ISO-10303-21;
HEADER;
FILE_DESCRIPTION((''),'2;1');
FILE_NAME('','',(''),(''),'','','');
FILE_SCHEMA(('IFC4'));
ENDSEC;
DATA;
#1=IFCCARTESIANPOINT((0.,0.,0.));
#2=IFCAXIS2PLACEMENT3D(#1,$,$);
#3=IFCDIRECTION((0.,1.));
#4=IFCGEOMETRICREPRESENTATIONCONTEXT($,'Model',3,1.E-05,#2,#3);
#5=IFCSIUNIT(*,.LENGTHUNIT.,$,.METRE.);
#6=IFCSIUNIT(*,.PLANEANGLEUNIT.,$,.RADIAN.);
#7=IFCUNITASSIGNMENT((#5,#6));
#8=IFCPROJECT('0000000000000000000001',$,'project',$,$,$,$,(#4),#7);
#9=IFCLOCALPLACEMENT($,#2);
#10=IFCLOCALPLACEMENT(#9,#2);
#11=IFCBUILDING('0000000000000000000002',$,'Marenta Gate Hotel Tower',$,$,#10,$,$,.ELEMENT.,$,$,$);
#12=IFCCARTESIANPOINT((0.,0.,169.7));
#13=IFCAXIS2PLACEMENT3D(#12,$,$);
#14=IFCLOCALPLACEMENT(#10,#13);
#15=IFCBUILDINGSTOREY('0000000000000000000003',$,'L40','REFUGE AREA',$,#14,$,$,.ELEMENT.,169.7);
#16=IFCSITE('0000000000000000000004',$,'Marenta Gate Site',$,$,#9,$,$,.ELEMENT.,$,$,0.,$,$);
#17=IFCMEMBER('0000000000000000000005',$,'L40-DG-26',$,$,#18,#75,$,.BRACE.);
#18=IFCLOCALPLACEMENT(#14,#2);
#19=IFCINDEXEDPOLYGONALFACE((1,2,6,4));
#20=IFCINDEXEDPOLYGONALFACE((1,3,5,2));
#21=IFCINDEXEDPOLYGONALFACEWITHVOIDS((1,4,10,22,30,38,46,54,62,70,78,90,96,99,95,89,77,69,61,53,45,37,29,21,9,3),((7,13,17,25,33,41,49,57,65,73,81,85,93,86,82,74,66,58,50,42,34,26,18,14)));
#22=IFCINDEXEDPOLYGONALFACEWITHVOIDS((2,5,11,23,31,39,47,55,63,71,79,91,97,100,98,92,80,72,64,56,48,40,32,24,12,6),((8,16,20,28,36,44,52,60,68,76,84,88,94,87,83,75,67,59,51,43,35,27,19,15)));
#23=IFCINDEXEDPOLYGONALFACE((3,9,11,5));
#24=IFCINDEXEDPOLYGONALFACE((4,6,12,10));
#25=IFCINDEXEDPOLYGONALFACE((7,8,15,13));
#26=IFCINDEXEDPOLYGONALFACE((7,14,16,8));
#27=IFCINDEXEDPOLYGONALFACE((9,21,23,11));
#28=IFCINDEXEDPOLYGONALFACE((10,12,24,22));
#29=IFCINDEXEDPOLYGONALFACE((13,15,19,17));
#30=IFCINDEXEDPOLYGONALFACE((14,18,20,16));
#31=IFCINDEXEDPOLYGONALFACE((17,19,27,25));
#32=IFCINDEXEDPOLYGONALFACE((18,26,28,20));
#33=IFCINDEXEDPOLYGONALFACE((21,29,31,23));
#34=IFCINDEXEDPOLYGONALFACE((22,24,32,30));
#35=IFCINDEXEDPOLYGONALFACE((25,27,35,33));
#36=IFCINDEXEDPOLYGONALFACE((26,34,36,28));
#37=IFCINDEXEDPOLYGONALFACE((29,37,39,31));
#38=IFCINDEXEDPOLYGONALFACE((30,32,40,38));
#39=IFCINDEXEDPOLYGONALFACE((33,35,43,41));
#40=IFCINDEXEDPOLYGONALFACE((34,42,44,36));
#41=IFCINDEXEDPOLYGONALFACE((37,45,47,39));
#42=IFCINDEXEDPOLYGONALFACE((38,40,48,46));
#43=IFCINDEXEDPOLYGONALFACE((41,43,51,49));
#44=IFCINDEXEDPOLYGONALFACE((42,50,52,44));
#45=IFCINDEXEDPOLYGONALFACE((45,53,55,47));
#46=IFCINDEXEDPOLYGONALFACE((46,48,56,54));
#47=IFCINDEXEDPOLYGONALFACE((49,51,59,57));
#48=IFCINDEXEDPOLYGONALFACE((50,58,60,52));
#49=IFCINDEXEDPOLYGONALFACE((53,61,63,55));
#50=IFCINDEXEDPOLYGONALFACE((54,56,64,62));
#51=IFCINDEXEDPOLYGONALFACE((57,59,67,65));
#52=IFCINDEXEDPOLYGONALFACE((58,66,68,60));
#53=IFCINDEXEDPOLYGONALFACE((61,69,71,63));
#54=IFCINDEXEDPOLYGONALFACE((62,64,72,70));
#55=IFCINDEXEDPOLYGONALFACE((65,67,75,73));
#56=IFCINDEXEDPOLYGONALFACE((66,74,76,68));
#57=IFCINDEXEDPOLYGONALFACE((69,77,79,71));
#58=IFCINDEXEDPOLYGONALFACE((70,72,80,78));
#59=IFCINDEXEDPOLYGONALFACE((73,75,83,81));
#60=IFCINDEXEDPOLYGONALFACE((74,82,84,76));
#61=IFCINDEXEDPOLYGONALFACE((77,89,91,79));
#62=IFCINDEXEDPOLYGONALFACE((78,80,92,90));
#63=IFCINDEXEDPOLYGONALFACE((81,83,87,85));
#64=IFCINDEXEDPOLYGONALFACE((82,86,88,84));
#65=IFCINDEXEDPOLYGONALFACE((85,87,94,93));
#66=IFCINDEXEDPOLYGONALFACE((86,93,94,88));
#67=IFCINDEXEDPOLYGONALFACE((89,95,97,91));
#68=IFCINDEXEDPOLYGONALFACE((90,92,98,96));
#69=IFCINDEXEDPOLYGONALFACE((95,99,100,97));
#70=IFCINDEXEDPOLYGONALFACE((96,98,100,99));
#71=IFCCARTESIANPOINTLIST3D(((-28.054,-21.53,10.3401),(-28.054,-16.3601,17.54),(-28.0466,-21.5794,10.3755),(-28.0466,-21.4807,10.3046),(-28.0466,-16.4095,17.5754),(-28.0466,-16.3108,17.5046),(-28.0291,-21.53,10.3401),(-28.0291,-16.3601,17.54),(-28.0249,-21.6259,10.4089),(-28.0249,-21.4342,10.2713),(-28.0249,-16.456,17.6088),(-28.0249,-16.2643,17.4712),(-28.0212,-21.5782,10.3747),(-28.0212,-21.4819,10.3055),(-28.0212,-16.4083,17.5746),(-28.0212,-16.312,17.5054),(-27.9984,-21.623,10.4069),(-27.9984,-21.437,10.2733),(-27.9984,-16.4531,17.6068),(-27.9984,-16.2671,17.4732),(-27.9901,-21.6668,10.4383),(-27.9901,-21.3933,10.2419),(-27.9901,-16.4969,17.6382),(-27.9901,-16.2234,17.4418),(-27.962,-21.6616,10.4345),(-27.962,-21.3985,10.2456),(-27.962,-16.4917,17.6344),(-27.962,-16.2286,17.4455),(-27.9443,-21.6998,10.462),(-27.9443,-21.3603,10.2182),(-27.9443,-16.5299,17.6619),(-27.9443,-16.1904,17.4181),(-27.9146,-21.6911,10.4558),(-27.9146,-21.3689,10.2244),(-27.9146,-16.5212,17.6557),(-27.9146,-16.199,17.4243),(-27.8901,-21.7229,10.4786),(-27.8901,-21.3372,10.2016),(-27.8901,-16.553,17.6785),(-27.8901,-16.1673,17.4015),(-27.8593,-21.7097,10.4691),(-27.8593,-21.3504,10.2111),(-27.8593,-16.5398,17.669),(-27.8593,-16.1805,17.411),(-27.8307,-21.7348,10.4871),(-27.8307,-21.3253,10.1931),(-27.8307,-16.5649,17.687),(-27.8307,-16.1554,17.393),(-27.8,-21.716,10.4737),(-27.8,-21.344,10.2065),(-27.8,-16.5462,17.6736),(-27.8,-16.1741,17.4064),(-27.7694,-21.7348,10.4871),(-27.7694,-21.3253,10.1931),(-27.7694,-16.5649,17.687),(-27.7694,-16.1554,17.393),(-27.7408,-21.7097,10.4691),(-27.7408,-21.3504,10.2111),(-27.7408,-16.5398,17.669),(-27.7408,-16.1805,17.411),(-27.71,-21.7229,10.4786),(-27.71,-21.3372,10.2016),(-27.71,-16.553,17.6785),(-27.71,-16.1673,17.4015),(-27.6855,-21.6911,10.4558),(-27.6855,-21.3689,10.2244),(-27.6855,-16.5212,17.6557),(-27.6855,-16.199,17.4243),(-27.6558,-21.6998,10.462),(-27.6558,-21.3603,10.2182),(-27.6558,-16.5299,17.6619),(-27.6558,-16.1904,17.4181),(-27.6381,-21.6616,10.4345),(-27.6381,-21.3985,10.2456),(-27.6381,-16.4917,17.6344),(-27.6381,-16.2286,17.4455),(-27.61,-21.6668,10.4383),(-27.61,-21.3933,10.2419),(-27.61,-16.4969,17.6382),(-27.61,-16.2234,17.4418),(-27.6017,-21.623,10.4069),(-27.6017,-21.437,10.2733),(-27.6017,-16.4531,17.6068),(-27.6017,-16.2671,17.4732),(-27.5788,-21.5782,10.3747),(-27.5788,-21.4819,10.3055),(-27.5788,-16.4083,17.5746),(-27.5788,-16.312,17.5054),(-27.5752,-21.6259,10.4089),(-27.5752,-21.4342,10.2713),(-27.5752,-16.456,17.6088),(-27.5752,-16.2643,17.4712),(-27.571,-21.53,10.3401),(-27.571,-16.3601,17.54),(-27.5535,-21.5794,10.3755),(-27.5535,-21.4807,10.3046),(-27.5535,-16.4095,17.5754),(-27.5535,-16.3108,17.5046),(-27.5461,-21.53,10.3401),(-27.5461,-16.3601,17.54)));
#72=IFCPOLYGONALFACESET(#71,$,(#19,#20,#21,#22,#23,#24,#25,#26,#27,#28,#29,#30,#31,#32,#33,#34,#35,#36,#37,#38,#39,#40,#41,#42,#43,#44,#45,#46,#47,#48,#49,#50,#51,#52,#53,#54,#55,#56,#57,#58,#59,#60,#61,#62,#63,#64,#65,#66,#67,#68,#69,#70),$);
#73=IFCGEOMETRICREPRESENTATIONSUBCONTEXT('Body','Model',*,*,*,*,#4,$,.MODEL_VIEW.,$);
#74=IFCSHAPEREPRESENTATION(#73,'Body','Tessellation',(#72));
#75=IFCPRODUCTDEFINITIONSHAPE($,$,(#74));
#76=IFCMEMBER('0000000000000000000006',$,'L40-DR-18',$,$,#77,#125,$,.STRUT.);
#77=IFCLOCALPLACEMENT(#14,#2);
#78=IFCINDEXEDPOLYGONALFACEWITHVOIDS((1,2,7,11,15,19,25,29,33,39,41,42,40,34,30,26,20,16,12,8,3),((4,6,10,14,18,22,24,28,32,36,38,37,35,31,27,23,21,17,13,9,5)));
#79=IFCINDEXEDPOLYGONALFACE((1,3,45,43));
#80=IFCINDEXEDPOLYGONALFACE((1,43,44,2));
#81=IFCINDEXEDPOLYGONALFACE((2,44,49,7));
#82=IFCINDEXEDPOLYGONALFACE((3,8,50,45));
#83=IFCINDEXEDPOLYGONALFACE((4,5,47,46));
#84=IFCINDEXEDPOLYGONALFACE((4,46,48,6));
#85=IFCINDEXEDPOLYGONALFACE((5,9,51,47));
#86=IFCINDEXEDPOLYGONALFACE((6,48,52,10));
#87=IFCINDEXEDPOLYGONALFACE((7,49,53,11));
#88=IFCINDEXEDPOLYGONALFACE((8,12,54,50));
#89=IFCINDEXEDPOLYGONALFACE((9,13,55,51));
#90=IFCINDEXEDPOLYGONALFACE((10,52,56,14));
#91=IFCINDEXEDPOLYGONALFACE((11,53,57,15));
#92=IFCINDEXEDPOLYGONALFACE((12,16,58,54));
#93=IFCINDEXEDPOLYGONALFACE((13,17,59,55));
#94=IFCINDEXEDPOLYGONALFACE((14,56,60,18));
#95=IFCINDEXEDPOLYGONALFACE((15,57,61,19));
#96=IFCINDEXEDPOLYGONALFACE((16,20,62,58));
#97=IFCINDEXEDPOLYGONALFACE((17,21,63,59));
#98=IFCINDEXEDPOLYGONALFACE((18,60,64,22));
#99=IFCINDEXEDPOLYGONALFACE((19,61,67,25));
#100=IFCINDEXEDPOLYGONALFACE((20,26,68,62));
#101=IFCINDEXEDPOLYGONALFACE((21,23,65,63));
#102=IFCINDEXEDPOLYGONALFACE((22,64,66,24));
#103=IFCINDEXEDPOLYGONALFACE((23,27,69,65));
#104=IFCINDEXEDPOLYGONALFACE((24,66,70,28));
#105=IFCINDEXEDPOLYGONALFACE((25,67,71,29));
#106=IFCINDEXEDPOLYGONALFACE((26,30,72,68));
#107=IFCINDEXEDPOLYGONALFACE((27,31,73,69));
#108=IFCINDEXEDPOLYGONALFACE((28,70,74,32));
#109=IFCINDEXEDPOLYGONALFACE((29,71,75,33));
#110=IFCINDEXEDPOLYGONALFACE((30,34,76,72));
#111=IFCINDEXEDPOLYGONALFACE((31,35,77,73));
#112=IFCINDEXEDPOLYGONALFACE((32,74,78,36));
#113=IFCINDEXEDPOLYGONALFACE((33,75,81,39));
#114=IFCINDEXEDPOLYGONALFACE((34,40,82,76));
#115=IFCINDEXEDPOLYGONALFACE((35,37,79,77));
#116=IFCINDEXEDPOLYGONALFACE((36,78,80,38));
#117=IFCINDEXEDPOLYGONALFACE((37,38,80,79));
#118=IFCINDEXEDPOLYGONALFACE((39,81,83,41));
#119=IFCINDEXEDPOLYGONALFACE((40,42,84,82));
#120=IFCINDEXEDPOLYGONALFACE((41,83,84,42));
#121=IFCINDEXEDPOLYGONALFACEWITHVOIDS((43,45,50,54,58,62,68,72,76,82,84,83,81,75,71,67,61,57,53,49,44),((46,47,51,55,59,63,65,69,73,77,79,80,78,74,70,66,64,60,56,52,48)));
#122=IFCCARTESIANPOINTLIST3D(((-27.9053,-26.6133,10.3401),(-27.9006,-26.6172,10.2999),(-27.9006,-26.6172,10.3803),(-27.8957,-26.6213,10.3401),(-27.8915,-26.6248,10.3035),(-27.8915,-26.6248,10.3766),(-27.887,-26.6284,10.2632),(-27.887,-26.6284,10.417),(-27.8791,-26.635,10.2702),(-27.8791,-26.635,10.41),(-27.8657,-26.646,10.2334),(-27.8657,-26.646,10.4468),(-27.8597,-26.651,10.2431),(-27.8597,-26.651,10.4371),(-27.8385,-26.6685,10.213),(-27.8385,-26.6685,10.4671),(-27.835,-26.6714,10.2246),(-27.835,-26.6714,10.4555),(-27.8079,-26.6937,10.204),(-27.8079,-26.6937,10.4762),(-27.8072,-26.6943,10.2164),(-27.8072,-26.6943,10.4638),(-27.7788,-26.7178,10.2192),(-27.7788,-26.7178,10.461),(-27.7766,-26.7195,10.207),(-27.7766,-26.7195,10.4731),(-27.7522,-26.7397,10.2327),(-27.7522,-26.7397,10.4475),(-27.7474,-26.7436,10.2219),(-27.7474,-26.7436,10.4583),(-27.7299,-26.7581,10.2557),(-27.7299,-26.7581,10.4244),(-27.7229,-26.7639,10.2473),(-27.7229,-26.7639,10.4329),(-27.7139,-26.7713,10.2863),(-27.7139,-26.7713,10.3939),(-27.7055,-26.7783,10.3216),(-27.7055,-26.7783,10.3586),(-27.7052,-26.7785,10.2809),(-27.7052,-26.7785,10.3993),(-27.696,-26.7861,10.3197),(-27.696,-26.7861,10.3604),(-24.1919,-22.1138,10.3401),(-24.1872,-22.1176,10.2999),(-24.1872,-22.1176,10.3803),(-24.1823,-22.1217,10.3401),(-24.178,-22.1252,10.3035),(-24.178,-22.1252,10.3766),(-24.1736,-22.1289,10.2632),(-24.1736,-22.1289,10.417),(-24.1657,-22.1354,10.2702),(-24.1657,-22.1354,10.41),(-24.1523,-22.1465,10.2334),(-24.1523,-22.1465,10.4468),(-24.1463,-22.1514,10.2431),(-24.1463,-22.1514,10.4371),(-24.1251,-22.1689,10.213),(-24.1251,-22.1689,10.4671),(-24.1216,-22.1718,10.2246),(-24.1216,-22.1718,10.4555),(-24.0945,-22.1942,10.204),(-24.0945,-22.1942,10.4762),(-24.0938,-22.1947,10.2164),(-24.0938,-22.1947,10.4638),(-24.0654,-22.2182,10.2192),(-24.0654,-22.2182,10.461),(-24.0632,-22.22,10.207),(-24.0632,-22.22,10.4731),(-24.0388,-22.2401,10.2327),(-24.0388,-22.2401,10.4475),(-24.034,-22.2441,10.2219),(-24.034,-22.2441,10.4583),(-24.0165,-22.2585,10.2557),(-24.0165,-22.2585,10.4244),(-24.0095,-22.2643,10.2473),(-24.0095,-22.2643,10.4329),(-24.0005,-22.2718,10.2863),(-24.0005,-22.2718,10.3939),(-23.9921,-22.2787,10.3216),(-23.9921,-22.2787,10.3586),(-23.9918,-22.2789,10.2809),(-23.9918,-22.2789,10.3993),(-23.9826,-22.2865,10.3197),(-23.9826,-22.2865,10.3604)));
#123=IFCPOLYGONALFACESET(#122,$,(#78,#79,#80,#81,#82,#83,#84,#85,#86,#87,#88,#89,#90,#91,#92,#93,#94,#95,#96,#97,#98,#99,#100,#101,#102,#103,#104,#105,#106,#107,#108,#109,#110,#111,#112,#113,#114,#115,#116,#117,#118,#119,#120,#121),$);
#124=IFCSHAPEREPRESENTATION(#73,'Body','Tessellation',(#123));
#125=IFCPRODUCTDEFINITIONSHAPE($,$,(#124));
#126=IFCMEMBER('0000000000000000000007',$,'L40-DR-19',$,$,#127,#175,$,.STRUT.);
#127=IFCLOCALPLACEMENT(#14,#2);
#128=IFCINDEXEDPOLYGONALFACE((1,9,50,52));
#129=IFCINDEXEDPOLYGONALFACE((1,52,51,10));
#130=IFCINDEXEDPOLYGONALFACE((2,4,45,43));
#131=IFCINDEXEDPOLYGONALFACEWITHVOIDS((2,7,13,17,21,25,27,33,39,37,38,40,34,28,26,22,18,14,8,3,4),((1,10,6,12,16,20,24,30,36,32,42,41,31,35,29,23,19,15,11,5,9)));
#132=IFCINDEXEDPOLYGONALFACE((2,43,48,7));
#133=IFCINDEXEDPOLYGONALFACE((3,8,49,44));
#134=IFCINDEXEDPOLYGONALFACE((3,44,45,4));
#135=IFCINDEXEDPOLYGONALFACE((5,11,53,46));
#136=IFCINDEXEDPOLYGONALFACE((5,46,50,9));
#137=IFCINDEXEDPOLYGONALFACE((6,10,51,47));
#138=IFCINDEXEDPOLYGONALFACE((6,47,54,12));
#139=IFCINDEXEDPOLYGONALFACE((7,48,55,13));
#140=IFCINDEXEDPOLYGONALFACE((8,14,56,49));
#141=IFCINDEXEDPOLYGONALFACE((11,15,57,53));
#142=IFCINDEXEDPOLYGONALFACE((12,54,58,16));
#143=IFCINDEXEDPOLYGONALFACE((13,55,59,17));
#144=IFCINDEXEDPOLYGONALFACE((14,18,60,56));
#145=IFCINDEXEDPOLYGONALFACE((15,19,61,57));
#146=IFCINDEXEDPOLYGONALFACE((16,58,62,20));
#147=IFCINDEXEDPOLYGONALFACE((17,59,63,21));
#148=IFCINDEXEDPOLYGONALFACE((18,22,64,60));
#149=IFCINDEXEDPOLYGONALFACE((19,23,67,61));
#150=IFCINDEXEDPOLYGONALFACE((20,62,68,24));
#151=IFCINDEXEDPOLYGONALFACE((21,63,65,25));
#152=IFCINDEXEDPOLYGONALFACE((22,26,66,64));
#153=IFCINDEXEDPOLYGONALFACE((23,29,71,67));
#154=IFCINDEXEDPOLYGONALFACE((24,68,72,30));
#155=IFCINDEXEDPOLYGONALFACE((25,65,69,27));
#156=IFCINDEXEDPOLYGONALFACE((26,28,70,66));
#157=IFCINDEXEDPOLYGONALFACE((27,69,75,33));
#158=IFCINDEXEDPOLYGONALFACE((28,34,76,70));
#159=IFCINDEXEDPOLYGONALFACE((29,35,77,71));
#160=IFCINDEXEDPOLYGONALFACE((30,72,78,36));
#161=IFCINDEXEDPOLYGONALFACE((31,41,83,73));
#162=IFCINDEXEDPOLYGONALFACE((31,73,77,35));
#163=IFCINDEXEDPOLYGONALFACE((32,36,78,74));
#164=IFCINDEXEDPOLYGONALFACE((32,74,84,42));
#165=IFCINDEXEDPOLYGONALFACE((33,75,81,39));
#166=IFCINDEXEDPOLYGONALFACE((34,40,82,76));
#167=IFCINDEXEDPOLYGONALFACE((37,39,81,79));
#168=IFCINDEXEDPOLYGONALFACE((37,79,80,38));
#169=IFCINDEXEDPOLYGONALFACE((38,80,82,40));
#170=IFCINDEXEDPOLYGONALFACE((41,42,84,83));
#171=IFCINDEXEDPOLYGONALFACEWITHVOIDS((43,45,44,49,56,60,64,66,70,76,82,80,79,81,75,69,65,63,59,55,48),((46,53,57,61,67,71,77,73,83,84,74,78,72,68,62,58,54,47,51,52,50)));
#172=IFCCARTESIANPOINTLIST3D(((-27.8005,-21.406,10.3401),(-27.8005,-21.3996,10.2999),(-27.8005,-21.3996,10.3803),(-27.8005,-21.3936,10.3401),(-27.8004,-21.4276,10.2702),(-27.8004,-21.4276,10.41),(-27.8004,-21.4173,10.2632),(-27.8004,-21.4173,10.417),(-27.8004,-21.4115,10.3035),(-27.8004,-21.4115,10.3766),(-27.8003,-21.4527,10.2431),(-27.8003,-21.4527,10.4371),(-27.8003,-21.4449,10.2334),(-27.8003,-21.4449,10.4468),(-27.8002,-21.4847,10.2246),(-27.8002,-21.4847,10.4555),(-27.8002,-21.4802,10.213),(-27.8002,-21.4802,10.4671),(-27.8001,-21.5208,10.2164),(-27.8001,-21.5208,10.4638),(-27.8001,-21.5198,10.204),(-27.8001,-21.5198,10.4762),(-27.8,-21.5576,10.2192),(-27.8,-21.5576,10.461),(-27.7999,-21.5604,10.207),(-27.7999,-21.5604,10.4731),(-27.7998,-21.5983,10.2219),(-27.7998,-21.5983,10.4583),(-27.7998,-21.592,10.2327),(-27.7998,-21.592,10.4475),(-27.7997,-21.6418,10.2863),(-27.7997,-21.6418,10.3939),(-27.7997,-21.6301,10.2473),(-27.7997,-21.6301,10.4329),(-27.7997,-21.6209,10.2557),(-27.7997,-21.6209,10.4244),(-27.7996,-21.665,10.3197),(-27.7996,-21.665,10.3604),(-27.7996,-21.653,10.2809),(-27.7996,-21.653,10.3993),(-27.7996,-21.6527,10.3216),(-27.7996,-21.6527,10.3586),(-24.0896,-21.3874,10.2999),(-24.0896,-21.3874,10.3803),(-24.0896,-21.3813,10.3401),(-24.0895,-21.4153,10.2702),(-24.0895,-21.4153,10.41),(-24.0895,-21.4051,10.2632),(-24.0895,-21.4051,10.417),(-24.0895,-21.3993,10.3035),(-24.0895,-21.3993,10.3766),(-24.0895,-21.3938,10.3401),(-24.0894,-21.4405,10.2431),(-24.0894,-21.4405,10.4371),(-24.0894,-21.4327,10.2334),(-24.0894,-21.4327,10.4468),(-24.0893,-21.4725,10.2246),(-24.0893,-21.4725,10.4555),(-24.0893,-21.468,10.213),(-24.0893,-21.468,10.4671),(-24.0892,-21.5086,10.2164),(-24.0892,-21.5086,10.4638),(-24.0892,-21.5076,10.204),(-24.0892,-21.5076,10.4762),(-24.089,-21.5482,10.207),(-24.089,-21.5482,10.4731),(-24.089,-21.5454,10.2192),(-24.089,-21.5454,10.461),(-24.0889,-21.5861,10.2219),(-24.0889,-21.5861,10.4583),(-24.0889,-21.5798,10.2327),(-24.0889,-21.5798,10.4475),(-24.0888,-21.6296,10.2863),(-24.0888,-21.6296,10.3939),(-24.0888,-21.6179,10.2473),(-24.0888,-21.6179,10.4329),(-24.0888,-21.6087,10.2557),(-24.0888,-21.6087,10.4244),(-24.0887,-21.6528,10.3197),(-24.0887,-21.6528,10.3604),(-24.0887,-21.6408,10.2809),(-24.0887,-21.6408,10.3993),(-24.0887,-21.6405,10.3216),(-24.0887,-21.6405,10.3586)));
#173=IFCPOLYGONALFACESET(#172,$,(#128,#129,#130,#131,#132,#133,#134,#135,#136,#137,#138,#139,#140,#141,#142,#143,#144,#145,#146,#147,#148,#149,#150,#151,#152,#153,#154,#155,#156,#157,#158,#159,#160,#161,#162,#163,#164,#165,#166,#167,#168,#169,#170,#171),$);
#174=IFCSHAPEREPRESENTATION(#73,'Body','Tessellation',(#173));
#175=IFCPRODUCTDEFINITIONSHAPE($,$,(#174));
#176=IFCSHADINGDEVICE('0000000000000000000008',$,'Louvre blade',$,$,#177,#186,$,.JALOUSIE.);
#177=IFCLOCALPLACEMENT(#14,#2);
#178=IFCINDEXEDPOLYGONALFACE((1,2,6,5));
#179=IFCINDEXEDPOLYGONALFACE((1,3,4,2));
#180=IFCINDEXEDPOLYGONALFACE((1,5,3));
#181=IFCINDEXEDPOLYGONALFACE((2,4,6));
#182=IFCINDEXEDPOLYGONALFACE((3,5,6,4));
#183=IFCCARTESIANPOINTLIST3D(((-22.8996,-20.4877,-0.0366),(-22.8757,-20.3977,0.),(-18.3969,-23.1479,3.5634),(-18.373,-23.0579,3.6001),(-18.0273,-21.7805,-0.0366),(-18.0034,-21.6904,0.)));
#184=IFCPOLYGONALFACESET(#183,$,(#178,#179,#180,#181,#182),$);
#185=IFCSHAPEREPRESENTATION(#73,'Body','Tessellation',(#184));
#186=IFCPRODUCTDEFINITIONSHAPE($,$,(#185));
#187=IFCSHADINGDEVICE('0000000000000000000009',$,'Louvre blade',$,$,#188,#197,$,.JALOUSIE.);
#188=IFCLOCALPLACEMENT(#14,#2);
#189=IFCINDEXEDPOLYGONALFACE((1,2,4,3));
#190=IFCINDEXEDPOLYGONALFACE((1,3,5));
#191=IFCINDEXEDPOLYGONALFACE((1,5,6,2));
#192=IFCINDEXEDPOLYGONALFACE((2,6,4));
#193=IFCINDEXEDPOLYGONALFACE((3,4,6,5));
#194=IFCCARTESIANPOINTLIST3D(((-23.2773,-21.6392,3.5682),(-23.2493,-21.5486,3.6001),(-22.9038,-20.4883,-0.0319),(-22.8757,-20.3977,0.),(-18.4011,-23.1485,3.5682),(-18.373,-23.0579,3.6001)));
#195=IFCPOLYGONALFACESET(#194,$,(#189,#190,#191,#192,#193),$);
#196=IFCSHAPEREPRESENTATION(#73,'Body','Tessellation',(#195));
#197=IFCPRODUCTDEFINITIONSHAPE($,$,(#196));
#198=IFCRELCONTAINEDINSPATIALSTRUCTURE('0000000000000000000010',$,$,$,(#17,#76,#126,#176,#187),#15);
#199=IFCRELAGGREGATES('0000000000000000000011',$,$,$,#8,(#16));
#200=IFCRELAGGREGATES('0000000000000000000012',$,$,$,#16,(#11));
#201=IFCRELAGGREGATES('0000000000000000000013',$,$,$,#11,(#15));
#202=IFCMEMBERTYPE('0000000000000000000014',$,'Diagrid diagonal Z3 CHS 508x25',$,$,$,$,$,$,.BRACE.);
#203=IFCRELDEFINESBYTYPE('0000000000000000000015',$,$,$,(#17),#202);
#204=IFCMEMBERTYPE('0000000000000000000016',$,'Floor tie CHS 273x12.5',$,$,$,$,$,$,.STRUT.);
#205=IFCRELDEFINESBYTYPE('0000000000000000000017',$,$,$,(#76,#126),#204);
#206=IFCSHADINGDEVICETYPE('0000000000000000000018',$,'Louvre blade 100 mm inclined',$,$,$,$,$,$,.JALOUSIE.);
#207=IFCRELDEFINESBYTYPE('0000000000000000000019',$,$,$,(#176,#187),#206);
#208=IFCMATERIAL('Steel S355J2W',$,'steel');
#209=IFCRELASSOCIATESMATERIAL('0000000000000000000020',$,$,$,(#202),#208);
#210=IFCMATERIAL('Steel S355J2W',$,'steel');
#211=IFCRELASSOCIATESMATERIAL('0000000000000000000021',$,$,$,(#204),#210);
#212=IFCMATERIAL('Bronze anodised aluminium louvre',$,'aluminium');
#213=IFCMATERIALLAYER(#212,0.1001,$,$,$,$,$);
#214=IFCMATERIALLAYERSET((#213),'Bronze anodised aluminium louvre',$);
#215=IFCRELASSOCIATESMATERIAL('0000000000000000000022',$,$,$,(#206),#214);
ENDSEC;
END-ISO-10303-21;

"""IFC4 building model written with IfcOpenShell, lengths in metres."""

from ifc_helpers import new_model, si_unit, direction, frame, origin, origin_2d, place, context, subcontext, project, spatial, polyline, hollow_circle, outline, extrude, material, layer, layer_set, material_profile, profile_set, type_object, element, save


model = new_model("IFC4")

# Units and contexts
model_context = context("Model", 3, precision=1e-05, world=origin(), true_north=direction((0.0, 1.0)))
body_context = subcontext(model_context, "Body", "Model", "MODEL_VIEW")
ifc_project = project(units=[si_unit("LENGTHUNIT", "METRE"), si_unit("PLANEANGLEUNIT", "RADIAN")], contexts=[model_context])

# Site, building, storey
site_placement = place(None, origin())
site = spatial("IfcSite", under=ifc_project, at=site_placement, Name="Marenta Gate Site", CompositionType="ELEMENT", RefElevation=0.0)
building_placement = place(site_placement, origin())
building = spatial("IfcBuilding", under=site, at=building_placement, Name="Marenta Gate Hotel Tower", CompositionType="ELEMENT")
storey_placement = place(building_placement, frame((0.0, 0.0, 169.7)))
storey = spatial("IfcBuildingStorey", under=building, at=storey_placement, Name="L40", Description="REFUGE AREA", CompositionType="ELEMENT", Elevation=169.7)

# Members
ifc_material_1 = material(Name="Steel S355J2W", Category="steel")
ifc_material_profile_1 = material_profile(ifc_material_1, hollow_circle(Radius=0.2539, WallThickness=0.0249, at=origin_2d()), Name="CHS 508x25")
ifc_profile_set_1 = profile_set([ifc_material_profile_1], Name="Steel S355J2W")
member_type_1 = type_object("IfcMemberType", Name="Diagrid diagonal Z3 CHS 508x25", PredefinedType="BRACE", material=ifc_profile_set_1)
member_1_placement = place(storey_placement, frame((-27.8, -21.53, 10.3401), z_axis=(0.0, 0.583261, 0.812285), x_axis=(-1.0, 0.0, 0.0)))
element("IfcMember", 1, at=member_1_placement, inside=storey, type_object=member_type_1, Name="L40-DG-26", PredefinedType="BRACE", context=body_context, shape_type="SweptSolid", body=[
    extrude(hollow_circle(Radius=0.2539, WallThickness=0.0249, at=origin_2d()), origin(), (0.0, 0.0, 1.0), 8.8638),
])
ifc_material_2 = material(Name="Steel S355J2W", Category="steel")
ifc_material_profile_2 = material_profile(ifc_material_2, hollow_circle(Radius=0.1365, WallThickness=0.0125, at=origin_2d()), Name="CHS 273x12.5")
ifc_profile_set_2 = profile_set([ifc_material_profile_2], Name="Steel S355J2W")
member_type_2 = type_object("IfcMemberType", Name="Floor tie CHS 273x12.5", PredefinedType="STRUT", material=ifc_profile_set_2)
member_2_placement = place(storey_placement, frame((-27.8, -26.7002, 10.3401), z_axis=(0.636514, 0.771265, 0.0), x_axis=(-0.771265, 0.636514, 0.0)))
element("IfcMember", 2, at=member_2_placement, inside=storey, type_object=member_type_2, Name="L40-DR-18", PredefinedType="STRUT", context=body_context, shape_type="SweptSolid", body=[
    extrude(hollow_circle(Radius=0.1365, WallThickness=0.0125, at=origin_2d()), origin(), (0.0, 0.0, 1.0), 5.834),
])
member_3_placement = place(storey_placement, frame((-27.8, -21.53, 10.3401), z_axis=(0.999995, 0.003289, 0.0), x_axis=(-0.003289, 0.999995, 0.0)))
element("IfcMember", 3, at=member_3_placement, inside=storey, type_object=member_type_2, Name="L40-DR-19", PredefinedType="STRUT", context=body_context, shape_type="SweptSolid", body=[
    extrude(hollow_circle(Radius=0.1365, WallThickness=0.0125, at=origin_2d()), origin(), (0.0, 0.0, 1.0), 3.7109),
])

# Shading devices
ifc_material_3 = material(Name="Bronze anodised aluminium louvre", Category="aluminium")
ifc_layer = layer(ifc_material_3, 0.1001)
ifc_layer_set = layer_set([ifc_layer], Name="Bronze anodised aluminium louvre")
shading_device_type = type_object("IfcShadingDeviceType", Name="Louvre blade 100 mm inclined", PredefinedType="JALOUSIE", material=ifc_layer_set)
shading_device_1_placement = place(storey_placement, frame((-22.8757, -20.3977, 0.0), z_axis=(0.23864, 0.899441, 0.366138), x_axis=(0.966558, -0.256448, 0.0)))
element("IfcShadingDevice", 4, at=shading_device_1_placement, inside=storey, type_object=shading_device_type, Name="Louvre blade", PredefinedType="JALOUSIE", context=body_context, shape_type="SweptSolid", body=[
    extrude(outline(polyline([(0.0, 0.0), (5.0409, 0.0), (5.0343, -3.8687), (0.0, 0.0)])), origin(), (0.0, 0.0, -1.0), 0.1001),
])
shading_device_2_placement = place(storey_placement, frame((-22.8757, -20.3977, 0.0), z_axis=(0.280275, 0.905521, 0.318557), x_axis=(0.709183, -0.41898, 0.567023)))
element("IfcShadingDevice", 5, at=shading_device_2_placement, inside=storey, type_object=shading_device_type, Name="Louvre blade", PredefinedType="JALOUSIE", context=body_context, shape_type="SweptSolid", body=[
    extrude(outline(polyline([(0.0, 0.0), (6.3491, 0.0), (2.2586, -3.0534), (0.0, 0.0)])), origin(), (0.0, 0.0, -1.0), 0.1001),
])

save(model, "model.ifc")
